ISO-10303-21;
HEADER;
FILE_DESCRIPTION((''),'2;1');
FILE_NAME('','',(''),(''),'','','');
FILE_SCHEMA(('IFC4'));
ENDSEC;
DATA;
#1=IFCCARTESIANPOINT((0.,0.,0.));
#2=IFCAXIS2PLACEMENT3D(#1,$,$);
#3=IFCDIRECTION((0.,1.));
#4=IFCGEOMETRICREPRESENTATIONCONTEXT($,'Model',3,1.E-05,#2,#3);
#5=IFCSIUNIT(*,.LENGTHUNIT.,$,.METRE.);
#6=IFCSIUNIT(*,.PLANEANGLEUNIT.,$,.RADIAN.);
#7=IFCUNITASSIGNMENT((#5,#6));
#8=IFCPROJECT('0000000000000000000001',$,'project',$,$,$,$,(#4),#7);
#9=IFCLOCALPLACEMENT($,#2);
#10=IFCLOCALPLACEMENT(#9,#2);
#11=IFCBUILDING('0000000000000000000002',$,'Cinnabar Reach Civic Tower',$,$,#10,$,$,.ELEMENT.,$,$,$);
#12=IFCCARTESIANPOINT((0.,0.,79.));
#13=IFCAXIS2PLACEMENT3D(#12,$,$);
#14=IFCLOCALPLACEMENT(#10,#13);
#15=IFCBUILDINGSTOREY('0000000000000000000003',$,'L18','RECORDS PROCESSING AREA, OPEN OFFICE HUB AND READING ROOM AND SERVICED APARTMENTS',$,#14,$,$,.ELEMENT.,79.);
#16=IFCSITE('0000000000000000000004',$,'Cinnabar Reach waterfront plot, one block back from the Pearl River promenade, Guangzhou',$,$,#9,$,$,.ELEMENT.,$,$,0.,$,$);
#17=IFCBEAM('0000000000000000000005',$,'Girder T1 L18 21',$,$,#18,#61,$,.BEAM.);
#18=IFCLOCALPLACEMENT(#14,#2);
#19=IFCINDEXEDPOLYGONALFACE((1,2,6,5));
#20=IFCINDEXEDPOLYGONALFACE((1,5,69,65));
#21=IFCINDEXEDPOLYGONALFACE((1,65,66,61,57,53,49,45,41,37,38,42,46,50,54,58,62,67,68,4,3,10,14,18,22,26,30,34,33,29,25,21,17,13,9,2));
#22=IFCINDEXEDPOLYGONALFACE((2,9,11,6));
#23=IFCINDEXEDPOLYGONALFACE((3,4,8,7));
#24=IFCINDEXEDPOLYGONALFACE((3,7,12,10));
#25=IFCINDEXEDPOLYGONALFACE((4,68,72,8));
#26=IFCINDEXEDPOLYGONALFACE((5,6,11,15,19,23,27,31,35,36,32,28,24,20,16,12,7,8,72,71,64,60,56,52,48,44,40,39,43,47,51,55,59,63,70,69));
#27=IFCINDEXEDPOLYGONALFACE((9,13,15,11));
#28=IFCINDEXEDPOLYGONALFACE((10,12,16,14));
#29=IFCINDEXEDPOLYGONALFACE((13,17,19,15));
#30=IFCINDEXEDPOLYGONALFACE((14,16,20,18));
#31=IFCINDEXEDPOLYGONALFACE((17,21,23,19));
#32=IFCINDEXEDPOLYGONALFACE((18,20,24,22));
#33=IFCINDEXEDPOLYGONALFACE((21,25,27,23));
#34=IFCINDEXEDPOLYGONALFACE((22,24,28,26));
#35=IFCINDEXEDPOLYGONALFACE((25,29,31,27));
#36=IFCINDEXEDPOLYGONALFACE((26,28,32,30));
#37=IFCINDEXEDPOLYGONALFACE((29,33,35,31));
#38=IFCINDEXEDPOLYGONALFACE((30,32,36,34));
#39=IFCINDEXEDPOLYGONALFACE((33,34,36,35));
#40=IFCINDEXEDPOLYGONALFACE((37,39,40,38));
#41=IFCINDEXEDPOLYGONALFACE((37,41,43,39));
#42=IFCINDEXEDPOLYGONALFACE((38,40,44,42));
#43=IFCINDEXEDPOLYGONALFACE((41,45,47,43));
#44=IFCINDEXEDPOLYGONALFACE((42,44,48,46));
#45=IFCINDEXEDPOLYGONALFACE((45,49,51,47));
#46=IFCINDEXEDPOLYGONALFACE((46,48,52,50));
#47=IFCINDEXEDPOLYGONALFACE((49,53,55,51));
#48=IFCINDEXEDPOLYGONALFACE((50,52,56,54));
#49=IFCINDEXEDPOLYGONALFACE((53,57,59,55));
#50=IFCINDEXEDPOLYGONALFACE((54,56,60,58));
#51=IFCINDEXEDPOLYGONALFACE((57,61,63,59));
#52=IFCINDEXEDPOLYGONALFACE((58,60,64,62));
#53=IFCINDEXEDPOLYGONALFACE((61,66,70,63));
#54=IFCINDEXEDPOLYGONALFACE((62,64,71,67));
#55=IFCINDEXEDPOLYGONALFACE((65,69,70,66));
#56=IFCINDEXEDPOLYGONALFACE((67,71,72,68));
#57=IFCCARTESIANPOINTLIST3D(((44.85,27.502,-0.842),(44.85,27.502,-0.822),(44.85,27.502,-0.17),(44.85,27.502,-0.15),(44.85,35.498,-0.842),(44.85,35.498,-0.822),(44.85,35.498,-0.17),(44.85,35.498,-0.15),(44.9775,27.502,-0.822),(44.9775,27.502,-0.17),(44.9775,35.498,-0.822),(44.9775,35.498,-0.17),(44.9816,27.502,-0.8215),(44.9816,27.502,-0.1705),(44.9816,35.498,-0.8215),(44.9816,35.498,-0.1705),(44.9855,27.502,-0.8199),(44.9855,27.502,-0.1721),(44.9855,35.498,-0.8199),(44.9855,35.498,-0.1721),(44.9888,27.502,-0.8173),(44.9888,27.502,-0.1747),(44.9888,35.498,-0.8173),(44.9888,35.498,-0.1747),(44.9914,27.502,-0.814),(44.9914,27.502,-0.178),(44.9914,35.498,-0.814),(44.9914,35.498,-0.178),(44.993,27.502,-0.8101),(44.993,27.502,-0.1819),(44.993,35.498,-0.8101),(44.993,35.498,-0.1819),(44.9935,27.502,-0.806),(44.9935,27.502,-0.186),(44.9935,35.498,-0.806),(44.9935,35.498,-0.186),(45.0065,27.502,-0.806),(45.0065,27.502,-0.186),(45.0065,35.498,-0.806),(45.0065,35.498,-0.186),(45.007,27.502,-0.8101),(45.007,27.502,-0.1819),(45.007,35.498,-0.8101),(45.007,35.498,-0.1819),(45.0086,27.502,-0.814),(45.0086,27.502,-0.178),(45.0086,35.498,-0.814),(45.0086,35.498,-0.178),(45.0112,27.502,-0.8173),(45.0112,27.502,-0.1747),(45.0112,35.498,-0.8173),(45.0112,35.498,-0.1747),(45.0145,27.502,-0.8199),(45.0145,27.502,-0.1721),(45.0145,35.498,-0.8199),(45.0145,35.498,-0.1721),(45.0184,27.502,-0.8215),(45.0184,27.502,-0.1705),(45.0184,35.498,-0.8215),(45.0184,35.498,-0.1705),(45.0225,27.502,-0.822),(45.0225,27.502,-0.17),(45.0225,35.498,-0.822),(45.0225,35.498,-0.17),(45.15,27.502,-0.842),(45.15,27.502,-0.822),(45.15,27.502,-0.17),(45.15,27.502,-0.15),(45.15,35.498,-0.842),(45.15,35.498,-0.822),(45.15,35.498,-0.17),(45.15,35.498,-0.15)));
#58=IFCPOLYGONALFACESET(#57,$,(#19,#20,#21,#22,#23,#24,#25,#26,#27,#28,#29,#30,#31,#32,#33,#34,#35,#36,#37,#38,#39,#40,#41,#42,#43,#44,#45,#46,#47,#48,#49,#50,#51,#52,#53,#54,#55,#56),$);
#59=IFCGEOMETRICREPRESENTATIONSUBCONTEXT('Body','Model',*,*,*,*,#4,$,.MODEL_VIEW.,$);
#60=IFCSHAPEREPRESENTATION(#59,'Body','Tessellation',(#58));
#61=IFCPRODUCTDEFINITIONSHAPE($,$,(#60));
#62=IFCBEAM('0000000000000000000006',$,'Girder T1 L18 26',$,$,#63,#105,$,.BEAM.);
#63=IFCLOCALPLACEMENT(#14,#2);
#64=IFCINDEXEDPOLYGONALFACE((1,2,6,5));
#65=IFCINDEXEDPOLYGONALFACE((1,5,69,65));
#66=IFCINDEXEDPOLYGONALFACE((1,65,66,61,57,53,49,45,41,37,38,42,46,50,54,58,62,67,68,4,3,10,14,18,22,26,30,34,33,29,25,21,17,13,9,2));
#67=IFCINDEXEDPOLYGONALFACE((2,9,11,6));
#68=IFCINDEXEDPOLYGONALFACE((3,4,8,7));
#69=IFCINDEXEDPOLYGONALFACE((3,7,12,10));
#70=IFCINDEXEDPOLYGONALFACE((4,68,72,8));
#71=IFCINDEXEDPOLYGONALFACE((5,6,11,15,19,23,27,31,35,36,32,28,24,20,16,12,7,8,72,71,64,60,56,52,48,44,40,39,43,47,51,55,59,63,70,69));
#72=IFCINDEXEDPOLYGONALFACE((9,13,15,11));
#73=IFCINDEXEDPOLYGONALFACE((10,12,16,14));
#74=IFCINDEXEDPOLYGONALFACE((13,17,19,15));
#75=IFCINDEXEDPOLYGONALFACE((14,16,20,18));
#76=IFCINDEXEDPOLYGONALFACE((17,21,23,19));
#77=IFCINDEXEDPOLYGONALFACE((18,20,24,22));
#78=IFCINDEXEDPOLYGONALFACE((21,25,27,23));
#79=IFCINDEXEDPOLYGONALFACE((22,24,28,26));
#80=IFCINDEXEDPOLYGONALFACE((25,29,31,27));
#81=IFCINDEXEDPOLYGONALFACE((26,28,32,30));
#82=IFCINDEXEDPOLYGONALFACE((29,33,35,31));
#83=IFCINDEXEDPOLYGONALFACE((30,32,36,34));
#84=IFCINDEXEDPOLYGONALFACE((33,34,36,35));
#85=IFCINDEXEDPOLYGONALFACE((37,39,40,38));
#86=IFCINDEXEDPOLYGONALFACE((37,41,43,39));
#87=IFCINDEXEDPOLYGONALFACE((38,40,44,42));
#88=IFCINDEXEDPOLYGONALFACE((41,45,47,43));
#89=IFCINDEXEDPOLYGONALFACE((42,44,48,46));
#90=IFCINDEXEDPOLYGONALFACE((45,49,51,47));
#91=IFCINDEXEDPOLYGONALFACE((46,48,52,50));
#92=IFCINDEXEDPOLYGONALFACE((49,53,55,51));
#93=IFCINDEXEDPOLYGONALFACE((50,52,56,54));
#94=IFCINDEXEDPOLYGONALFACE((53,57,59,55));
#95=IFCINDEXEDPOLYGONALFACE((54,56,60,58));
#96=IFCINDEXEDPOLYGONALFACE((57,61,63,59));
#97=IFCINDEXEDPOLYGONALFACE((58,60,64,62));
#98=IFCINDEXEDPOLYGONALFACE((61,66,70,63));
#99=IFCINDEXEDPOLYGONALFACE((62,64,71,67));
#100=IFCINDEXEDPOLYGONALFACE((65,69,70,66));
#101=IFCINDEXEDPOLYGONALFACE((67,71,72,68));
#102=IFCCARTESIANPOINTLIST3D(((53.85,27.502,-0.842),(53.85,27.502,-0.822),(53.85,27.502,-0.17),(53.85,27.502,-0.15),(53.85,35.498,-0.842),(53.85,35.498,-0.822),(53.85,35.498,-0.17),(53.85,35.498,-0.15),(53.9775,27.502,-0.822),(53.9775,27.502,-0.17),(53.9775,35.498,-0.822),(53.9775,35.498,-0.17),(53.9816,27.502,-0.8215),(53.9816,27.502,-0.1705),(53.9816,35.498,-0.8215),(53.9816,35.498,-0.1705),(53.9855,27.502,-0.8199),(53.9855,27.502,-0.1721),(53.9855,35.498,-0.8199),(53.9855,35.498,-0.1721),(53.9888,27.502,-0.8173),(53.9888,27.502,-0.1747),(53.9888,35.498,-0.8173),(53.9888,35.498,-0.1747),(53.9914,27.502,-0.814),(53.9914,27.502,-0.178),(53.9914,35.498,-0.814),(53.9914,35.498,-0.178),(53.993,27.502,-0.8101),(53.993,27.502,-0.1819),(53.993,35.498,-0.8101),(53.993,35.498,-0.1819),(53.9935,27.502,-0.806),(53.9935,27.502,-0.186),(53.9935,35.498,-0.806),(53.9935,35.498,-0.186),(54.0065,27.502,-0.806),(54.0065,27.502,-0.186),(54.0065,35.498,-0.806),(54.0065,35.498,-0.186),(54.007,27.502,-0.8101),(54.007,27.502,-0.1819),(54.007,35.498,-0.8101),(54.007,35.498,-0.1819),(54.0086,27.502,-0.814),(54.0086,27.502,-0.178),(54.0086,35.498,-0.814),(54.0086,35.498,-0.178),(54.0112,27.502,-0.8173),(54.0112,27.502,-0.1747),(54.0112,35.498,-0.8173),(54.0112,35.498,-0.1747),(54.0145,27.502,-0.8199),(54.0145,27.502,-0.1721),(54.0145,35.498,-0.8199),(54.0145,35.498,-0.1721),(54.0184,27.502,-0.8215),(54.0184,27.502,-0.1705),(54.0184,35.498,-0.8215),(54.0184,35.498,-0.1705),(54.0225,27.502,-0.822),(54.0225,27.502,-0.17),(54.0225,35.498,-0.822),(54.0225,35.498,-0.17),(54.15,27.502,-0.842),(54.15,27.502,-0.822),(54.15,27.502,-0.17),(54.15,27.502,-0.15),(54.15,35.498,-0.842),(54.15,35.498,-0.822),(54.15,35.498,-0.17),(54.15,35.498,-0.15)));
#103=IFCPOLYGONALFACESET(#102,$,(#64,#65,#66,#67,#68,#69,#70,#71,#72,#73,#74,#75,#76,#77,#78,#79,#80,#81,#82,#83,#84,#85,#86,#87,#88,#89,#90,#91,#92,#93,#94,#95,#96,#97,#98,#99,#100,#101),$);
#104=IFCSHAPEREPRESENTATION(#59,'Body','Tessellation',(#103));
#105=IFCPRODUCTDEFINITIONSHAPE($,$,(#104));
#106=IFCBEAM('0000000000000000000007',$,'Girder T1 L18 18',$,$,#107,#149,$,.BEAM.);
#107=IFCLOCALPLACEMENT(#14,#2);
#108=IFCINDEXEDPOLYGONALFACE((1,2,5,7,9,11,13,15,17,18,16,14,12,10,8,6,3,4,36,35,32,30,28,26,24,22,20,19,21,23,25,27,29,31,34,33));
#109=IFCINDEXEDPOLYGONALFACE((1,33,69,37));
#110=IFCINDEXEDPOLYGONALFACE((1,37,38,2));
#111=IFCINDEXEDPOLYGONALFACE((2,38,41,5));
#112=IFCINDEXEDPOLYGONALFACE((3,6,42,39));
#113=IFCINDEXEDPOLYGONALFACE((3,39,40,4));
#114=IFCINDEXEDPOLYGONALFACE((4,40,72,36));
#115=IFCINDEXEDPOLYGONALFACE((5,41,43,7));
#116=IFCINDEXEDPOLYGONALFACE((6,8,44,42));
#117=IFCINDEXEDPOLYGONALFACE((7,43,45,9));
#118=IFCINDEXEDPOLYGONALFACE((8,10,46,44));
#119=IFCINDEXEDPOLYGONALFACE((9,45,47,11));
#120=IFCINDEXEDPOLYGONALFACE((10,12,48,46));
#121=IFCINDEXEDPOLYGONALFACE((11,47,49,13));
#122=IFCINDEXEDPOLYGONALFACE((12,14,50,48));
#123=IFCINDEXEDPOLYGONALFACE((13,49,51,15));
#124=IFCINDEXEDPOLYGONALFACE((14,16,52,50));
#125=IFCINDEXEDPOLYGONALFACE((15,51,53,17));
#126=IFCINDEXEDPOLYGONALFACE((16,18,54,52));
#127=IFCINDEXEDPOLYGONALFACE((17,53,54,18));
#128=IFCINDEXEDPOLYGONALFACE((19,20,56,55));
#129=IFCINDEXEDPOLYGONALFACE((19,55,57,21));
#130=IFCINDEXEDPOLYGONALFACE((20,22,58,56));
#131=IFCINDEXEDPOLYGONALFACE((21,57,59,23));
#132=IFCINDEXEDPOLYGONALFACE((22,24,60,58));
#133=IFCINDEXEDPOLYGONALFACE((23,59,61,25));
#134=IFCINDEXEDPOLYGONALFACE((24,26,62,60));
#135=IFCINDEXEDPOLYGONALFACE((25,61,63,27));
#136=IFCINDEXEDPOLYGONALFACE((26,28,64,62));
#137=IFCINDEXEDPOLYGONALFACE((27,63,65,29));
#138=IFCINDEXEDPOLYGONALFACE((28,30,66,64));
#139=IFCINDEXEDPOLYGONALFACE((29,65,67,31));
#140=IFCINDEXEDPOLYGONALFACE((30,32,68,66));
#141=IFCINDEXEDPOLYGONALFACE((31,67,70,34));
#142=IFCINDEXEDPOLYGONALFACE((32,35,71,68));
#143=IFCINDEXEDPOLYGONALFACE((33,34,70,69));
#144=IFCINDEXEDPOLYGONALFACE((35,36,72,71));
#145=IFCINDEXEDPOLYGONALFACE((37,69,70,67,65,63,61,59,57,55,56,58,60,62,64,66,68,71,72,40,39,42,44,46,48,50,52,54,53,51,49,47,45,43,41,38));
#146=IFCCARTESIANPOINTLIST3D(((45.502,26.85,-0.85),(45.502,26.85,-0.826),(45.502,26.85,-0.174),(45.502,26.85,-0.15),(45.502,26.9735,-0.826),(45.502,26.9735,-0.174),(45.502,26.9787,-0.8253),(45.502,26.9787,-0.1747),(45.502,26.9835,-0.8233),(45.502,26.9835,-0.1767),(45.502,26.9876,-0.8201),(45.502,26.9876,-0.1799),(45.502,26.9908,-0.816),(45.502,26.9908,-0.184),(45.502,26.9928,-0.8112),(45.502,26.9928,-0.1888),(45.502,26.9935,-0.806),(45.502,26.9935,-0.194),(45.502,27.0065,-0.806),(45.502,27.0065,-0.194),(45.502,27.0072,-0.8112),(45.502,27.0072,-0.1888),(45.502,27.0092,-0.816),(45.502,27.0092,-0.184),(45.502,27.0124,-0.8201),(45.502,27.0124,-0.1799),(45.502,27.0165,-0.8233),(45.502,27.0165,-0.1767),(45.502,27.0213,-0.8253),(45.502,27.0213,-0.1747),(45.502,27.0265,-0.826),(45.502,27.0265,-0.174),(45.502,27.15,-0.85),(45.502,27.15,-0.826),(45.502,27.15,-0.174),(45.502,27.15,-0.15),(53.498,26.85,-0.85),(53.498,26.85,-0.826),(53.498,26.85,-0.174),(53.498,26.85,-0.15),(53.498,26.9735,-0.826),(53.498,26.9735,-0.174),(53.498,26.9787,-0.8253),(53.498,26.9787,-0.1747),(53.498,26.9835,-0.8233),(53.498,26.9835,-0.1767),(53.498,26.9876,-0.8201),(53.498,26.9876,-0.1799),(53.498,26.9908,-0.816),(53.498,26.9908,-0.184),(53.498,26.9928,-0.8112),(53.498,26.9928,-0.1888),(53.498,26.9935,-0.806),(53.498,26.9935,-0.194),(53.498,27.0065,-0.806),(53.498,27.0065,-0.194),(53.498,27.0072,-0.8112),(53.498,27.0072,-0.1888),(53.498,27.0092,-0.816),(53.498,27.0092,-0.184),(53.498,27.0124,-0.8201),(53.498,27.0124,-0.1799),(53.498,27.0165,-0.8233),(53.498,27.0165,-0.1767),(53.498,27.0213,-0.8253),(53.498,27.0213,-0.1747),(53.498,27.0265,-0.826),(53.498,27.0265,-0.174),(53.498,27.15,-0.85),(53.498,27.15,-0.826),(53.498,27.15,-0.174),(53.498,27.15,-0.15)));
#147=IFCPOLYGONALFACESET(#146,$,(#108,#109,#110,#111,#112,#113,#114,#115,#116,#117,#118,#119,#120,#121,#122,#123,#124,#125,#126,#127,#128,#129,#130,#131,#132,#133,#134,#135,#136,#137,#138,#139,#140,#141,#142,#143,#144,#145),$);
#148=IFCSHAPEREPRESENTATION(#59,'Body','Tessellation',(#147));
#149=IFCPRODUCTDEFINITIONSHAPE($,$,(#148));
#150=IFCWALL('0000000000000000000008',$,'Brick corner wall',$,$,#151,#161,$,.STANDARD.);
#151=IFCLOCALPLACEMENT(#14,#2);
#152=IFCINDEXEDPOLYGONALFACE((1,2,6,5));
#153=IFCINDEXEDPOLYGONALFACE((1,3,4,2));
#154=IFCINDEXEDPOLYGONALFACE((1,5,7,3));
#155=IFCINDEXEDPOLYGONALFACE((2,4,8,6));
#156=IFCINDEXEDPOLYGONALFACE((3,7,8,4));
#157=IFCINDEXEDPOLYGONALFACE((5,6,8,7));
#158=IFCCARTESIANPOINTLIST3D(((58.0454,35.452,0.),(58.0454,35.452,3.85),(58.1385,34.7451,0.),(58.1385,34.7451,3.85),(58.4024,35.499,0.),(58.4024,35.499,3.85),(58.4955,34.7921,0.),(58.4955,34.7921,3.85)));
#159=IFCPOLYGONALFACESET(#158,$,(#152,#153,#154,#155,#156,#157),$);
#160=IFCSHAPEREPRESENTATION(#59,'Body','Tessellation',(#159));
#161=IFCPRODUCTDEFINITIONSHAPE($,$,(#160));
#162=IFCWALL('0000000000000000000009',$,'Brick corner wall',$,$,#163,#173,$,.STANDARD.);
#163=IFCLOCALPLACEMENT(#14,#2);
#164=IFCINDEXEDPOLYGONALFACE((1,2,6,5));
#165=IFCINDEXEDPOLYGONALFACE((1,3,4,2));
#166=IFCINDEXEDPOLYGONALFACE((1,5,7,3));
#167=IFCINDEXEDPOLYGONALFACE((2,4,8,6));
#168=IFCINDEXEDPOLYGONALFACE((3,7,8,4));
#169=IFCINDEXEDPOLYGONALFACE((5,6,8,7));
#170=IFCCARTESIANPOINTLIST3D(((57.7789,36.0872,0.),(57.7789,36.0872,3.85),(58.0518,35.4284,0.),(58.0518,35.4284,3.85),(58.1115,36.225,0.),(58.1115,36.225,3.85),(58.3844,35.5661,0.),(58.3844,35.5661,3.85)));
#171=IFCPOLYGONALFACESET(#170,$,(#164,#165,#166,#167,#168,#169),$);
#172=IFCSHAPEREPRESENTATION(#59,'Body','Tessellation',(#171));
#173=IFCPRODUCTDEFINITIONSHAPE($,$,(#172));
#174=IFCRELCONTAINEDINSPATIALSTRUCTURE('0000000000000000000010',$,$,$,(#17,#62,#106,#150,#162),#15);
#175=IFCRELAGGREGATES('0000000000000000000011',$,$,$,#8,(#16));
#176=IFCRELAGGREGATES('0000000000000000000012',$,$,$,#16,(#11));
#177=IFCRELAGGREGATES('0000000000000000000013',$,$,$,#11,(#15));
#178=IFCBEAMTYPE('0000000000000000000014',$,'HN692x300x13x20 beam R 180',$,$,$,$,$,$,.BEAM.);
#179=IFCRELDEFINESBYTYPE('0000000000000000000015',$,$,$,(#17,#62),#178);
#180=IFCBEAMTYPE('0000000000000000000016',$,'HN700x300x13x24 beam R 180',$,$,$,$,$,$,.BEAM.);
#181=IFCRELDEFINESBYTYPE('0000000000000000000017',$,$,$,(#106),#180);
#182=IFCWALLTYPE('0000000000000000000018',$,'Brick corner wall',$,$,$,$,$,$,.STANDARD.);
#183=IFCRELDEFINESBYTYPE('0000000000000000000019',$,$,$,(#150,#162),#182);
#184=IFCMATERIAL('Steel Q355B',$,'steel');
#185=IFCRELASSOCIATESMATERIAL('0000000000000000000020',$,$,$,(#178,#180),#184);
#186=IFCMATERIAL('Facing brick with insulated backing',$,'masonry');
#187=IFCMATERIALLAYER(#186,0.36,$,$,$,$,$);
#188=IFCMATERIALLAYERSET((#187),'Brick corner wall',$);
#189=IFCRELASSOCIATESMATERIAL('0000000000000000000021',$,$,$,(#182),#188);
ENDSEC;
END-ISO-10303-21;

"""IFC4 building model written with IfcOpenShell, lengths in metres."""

from ifc_helpers import new_model, si_unit, direction, frame, frame_2d, origin, origin_2d, place, context, subcontext, project, spatial, rectangle, i_section, extrude, material, layer, layer_set, material_profile, profile_set, type_object, element, save


model = new_model("IFC4")

# Units and contexts
model_context = context("Model", 3, precision=1e-05, world=origin(), true_north=direction((0.0, 1.0)))
body_context = subcontext(model_context, "Body", "Model", "MODEL_VIEW")
ifc_project = project(units=[si_unit("LENGTHUNIT", "METRE"), si_unit("PLANEANGLEUNIT", "RADIAN")], contexts=[model_context])

# Site, building, storey
site_placement = place(None, origin())
site = spatial("IfcSite", under=ifc_project, at=site_placement, Name="Cinnabar Reach waterfront plot, one block back from the Pearl River promenade, Guangzhou", CompositionType="ELEMENT", RefElevation=0.0)
building_placement = place(site_placement, origin())
building = spatial("IfcBuilding", under=site, at=building_placement, Name="Cinnabar Reach Civic Tower", CompositionType="ELEMENT")
storey_placement = place(building_placement, frame((0.0, 0.0, 79.0)))
storey = spatial("IfcBuildingStorey", under=building, at=storey_placement, Name="L18", Description="RECORDS PROCESSING AREA, OPEN OFFICE HUB AND READING ROOM AND SERVICED APARTMENTS", CompositionType="ELEMENT", Elevation=79.0)

# Beams
ifc_material_1 = material(Name="Steel Q355B", Category="steel")
ifc_material_profile_1 = material_profile(ifc_material_1, i_section(OverallWidth=0.3, OverallDepth=0.692, WebThickness=0.013, FlangeThickness=0.02, FilletRadius=0.016, at=origin_2d()), Name="HN692x300x13x20")
ifc_profile_set_1 = profile_set([ifc_material_profile_1], Name="Steel Q355B")
beam_type_1 = type_object("IfcBeamType", Name="HN692x300x13x20 beam R 180", PredefinedType="BEAM", material=ifc_profile_set_1)
for number, where, z_axis, x_axis, name in (
    (1, (45.0, 27.502, -0.496), (0.0, 1.0, 0.0), (-1.0, 0.0, 0.0), "Girder T1 L18 21"),
    (2, (54.0, 27.502, -0.496), (0.0, 1.0, 0.0), (-1.0, 0.0, 0.0), "Girder T1 L18 26"),
):
    element("IfcBeam", number, at=place(storey_placement, frame(where, z_axis=z_axis, x_axis=x_axis)), inside=storey, type_object=beam_type_1, Name=name, PredefinedType="BEAM", context=body_context, shape_type="SweptSolid", body=[
        extrude(i_section(OverallWidth=0.3, OverallDepth=0.692, WebThickness=0.013, FlangeThickness=0.02, FilletRadius=0.016, at=origin_2d()), origin(), (0.0, 0.0, 1.0), 7.996),
    ])
ifc_material_profile_2 = material_profile(ifc_material_1, i_section(OverallWidth=0.3, OverallDepth=0.7, WebThickness=0.013, FlangeThickness=0.024, FilletRadius=0.02, at=origin_2d()), Name="HN700x300x13x24")
ifc_profile_set_2 = profile_set([ifc_material_profile_2], Name="Steel Q355B")
beam_type_2 = type_object("IfcBeamType", Name="HN700x300x13x24 beam R 180", PredefinedType="BEAM", material=ifc_profile_set_2)
beam_1_placement = place(storey_placement, frame((45.502, 27.0, -0.5), z_axis=(1.0, 0.0, 0.0), x_axis=(0.0, 1.0, 0.0)))
element("IfcBeam", 3, at=beam_1_placement, inside=storey, type_object=beam_type_2, Name="Girder T1 L18 18", PredefinedType="BEAM", context=body_context, shape_type="SweptSolid", body=[
    extrude(i_section(OverallWidth=0.3, OverallDepth=0.7, WebThickness=0.013, FlangeThickness=0.024, FilletRadius=0.02, at=origin_2d()), origin(), (0.0, 0.0, 1.0), 7.996),
])

# Walls
ifc_material_2 = material(Name="Facing brick with insulated backing", Category="masonry")
ifc_layer = layer(ifc_material_2, 0.36)
ifc_layer_set = layer_set([ifc_layer], Name="Brick corner wall")
wall_type = type_object("IfcWallType", Name="Brick corner wall", PredefinedType="STANDARD", material=ifc_layer_set)
for number, where, z_axis, x_axis, name in (
    (4, (58.317, 34.7686, 0.0), (0.0, 0.0, 1.0), (-0.130556, 0.991441, 0.0), "Brick corner wall"),
    (5, (58.2181, 35.4973, 0.0), (0.0, 0.0, 1.0), (-0.382703, 0.923872, 0.0), "Brick corner wall"),
):
    element("IfcWall", number, at=place(storey_placement, frame(where, z_axis=z_axis, x_axis=x_axis)), inside=storey, type_object=wall_type, Name=name, PredefinedType="STANDARD", context=body_context, shape_type="SweptSolid", body=[
        extrude(rectangle(XDim=0.7131, YDim=0.36, at=frame_2d((0.3565, 0.0))), origin(), (0.0, 0.0, 1.0), 3.85),
    ])

save(model, "model.ifc")
